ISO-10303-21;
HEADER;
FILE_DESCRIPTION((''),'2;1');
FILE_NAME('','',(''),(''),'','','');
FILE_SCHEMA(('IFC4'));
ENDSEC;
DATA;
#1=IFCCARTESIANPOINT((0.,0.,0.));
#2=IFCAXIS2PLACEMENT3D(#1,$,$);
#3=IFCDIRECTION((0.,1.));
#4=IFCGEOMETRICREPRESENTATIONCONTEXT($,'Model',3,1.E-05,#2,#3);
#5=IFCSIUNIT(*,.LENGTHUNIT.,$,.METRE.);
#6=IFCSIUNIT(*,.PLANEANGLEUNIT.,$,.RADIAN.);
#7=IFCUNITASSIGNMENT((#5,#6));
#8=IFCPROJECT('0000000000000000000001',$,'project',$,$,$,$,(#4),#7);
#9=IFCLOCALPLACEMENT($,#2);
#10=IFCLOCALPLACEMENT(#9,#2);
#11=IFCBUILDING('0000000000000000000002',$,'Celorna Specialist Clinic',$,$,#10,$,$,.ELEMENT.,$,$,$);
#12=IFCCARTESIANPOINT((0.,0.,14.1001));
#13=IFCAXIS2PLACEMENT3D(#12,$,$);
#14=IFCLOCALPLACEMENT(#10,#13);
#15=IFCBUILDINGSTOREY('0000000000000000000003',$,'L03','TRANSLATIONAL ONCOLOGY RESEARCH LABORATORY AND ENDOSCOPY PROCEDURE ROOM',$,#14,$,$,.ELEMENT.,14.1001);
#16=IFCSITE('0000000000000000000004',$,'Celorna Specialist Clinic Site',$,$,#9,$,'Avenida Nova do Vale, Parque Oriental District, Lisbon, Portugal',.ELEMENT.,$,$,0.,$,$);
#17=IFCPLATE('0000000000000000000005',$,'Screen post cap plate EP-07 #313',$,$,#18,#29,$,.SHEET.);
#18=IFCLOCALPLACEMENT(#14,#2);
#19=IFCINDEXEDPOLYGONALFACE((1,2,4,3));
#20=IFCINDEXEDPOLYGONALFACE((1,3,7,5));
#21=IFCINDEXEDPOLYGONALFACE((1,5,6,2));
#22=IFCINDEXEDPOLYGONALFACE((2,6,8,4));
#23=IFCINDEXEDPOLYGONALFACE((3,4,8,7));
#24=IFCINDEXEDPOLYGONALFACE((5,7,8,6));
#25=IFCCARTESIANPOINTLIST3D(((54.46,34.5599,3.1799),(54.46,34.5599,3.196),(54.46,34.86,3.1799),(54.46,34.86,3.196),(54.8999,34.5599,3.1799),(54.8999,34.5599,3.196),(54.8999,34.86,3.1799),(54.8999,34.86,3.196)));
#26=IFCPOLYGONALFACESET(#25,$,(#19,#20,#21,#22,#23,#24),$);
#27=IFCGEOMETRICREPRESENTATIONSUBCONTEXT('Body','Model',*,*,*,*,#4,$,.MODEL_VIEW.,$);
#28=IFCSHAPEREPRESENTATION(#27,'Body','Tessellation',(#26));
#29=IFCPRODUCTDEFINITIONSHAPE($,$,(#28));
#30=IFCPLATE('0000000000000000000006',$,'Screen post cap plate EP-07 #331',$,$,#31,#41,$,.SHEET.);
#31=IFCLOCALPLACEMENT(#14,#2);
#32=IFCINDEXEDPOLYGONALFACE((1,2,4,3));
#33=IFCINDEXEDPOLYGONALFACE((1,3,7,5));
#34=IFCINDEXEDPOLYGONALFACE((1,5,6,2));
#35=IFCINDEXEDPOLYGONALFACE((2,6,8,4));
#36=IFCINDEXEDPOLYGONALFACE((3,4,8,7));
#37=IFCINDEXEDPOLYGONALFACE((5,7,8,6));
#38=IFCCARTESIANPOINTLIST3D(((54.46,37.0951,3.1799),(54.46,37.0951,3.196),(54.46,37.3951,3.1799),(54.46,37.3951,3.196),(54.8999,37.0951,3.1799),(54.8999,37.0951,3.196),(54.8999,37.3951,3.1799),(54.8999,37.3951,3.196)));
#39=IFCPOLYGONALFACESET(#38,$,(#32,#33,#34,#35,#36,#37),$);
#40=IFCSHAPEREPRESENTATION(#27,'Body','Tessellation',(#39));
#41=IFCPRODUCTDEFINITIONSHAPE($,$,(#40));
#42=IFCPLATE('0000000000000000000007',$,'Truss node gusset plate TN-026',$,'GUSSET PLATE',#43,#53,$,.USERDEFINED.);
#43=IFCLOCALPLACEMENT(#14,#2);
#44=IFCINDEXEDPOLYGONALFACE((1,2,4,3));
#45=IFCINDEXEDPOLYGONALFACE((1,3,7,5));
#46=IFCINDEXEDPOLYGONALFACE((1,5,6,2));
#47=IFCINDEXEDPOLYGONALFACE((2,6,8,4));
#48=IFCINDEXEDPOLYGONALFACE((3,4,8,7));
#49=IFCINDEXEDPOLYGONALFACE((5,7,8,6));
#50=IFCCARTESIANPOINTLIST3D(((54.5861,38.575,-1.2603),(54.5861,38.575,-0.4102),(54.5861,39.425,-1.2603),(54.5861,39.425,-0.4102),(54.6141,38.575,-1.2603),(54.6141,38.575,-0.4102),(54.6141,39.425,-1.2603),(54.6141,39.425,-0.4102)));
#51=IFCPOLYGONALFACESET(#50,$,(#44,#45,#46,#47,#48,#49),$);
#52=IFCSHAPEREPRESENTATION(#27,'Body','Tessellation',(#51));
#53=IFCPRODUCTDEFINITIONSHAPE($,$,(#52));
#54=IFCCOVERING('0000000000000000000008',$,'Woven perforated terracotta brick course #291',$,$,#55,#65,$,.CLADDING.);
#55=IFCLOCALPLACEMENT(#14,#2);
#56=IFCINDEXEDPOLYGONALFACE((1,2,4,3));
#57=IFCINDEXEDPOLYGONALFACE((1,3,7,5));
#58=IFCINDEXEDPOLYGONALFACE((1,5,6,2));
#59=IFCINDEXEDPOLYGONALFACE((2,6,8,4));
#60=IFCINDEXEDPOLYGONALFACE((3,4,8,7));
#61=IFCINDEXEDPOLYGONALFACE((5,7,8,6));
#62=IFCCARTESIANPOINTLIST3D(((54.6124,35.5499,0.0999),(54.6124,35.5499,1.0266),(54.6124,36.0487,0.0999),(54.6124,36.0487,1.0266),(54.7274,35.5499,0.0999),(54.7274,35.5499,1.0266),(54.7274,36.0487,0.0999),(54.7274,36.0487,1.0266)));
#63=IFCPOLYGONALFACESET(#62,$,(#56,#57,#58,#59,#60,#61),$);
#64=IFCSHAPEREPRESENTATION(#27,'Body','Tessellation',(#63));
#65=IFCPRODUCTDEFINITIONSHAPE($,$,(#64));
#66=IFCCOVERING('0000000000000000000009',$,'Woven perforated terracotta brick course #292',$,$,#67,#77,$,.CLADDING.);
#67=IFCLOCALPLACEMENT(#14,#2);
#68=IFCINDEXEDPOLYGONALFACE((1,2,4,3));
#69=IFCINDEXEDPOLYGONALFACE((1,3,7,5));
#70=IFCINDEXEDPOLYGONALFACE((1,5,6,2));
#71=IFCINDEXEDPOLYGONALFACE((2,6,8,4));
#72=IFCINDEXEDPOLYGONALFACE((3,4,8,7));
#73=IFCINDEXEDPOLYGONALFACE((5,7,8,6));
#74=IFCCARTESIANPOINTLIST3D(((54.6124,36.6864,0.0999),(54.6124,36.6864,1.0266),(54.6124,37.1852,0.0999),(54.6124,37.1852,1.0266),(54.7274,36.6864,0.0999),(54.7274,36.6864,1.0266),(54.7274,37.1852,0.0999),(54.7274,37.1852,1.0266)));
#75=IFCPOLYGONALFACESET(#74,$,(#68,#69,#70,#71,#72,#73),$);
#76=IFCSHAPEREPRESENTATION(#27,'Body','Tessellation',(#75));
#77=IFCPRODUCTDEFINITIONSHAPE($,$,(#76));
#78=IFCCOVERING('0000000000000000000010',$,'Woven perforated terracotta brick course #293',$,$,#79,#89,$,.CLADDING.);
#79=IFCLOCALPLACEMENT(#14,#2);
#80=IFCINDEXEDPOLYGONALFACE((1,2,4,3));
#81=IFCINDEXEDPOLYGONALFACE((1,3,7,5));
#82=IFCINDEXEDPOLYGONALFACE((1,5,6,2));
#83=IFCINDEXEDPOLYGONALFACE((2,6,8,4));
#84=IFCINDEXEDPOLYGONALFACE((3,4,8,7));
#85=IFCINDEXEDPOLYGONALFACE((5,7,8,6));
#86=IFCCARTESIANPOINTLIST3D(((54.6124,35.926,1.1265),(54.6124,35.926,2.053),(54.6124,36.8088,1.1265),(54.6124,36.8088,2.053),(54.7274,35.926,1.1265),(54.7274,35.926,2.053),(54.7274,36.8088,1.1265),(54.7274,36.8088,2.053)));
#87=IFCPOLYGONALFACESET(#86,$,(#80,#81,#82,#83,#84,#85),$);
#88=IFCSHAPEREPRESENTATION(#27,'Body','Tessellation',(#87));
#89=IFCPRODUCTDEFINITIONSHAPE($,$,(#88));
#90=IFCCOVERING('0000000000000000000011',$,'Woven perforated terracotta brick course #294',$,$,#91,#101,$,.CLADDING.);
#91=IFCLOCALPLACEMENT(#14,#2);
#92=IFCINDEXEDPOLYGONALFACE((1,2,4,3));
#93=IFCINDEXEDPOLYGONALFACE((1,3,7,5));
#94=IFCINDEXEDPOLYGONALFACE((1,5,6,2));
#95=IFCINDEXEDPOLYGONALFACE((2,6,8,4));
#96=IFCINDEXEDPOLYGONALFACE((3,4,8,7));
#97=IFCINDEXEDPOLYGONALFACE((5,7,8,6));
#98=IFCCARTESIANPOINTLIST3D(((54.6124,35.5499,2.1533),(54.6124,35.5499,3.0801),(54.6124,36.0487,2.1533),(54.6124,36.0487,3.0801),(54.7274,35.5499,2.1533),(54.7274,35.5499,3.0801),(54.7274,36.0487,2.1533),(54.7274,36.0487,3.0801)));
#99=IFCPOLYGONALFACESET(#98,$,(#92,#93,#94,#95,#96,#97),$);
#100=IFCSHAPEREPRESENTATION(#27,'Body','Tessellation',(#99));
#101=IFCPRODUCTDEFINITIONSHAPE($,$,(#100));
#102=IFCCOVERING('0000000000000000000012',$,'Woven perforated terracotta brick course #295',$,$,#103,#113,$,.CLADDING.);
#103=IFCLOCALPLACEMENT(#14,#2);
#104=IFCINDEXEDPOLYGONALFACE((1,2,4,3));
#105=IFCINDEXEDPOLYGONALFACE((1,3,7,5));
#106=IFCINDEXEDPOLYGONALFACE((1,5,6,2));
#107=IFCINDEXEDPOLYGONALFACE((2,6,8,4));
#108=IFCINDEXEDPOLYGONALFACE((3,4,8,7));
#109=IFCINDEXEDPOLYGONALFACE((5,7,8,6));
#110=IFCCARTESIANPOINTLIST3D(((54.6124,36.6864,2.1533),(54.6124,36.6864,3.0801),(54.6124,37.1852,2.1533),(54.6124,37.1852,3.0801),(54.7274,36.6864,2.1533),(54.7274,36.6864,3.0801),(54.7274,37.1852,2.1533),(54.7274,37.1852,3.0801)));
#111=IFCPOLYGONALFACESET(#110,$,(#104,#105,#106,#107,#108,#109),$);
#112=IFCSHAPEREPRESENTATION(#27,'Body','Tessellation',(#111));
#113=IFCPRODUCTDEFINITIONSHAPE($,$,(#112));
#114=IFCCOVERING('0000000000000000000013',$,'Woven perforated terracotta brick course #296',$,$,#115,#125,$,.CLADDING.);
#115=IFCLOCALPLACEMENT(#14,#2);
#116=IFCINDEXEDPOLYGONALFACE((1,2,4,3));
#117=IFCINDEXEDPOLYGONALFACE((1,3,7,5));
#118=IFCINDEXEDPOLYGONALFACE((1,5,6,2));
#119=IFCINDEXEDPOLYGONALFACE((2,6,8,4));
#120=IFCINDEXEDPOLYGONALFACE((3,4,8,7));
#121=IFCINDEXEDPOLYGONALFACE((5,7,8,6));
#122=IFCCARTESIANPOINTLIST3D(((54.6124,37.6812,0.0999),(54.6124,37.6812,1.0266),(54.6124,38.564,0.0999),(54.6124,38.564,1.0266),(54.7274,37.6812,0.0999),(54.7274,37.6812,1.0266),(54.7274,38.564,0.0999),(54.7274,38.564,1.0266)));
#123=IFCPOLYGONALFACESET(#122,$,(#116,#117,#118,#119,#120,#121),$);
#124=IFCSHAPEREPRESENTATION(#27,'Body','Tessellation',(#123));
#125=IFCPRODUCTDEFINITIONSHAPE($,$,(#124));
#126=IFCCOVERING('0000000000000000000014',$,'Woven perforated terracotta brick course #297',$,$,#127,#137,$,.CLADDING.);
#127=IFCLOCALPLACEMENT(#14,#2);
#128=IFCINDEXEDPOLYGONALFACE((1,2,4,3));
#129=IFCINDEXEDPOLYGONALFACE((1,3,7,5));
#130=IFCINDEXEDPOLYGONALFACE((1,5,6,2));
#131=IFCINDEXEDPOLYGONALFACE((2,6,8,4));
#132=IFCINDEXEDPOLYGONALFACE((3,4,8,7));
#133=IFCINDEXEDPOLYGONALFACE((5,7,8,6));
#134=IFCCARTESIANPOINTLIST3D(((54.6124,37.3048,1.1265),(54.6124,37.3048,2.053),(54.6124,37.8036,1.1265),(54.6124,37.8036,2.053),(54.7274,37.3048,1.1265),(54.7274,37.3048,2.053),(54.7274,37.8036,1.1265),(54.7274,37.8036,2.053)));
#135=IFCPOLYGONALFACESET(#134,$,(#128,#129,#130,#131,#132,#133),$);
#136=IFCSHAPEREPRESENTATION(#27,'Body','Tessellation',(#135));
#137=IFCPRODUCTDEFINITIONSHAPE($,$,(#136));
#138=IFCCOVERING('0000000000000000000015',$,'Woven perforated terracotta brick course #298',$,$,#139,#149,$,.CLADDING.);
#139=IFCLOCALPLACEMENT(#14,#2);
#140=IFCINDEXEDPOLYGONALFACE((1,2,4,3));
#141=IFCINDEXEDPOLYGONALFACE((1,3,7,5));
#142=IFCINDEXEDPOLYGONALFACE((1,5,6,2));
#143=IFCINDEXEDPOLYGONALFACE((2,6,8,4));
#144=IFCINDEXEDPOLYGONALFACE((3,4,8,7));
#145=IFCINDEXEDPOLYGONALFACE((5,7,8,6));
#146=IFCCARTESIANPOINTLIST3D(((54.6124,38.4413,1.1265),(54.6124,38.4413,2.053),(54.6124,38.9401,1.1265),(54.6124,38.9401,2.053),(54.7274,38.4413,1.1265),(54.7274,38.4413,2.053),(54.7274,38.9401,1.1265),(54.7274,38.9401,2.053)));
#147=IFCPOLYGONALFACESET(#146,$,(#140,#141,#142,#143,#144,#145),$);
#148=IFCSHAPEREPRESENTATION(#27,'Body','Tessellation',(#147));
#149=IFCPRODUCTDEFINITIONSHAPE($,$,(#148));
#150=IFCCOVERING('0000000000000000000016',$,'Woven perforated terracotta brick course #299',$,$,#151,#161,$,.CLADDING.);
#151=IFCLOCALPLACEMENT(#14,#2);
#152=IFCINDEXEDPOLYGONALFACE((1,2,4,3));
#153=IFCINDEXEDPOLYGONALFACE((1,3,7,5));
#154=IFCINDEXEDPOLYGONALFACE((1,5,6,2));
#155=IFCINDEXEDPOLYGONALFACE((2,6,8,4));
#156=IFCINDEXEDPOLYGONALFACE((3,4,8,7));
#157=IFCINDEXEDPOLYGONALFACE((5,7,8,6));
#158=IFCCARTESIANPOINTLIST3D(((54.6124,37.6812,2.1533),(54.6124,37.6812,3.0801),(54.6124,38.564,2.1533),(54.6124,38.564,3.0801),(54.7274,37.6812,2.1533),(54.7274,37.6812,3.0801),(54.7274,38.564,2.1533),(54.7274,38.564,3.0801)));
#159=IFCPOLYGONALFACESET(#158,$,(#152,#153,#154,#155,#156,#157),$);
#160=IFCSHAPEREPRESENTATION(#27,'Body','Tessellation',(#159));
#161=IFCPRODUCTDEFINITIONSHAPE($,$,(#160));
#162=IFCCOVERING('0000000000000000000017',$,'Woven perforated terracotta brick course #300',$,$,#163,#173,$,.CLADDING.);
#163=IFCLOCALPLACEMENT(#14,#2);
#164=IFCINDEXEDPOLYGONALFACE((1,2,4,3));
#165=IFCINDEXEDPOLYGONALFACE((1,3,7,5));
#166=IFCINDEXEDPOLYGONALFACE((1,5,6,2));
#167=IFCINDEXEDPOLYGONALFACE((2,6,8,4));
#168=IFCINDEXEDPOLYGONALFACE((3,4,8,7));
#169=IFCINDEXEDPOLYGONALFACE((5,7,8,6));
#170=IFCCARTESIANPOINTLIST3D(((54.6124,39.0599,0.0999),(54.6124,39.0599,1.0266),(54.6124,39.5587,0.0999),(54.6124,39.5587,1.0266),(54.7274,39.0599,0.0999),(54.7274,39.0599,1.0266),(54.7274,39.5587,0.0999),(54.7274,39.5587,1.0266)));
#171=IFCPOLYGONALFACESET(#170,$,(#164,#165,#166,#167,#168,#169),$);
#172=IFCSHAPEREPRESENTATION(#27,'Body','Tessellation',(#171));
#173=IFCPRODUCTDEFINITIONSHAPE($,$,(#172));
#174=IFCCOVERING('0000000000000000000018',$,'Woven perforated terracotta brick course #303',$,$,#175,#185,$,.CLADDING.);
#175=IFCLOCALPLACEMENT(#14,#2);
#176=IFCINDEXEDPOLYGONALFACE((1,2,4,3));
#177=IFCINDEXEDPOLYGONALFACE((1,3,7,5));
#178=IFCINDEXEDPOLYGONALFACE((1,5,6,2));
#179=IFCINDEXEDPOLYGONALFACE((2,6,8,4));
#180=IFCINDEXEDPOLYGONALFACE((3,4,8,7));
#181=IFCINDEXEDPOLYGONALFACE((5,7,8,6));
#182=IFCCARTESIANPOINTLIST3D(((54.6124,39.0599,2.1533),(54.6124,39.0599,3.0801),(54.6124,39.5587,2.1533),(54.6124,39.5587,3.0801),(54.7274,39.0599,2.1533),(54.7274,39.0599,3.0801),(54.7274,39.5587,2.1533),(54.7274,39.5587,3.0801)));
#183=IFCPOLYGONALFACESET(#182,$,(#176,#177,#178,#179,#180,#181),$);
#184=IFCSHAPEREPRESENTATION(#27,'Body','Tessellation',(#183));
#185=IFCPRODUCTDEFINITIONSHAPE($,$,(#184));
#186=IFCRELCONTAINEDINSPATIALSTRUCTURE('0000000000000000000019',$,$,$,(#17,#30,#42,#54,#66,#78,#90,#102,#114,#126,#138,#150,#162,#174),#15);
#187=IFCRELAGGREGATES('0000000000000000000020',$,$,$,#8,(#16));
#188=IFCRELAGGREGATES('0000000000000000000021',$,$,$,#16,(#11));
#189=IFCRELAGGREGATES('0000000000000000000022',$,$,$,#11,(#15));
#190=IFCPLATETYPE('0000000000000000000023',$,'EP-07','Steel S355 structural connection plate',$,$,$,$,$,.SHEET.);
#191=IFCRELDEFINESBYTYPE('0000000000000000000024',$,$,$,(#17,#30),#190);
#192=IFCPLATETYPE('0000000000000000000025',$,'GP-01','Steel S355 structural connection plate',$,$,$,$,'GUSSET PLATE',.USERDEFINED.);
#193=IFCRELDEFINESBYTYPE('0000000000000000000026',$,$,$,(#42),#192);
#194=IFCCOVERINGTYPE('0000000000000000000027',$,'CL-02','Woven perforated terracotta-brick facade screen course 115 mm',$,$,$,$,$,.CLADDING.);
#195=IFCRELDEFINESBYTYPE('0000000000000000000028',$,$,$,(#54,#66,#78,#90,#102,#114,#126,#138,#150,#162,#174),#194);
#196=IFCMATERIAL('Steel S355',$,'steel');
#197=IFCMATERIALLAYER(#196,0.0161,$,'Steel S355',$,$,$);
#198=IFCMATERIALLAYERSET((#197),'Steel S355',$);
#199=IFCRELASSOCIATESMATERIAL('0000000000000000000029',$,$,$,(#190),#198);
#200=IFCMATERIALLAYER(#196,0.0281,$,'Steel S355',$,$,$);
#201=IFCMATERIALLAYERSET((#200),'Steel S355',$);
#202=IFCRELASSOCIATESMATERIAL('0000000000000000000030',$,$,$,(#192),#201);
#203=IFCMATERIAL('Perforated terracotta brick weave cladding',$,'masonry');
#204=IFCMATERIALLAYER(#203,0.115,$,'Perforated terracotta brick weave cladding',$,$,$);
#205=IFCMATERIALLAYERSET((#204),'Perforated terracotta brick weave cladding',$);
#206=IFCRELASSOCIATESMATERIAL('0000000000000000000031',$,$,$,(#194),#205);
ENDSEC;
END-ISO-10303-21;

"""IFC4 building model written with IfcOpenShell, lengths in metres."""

from ifc_helpers import new_model, si_unit, direction, frame, origin, origin_2d, place, context, subcontext, project, spatial, rectangle, extrude, material, layer, layer_set, type_object, element, save


model = new_model("IFC4")

# Units and contexts
model_context = context("Model", 3, precision=1e-05, world=origin(), true_north=direction((0.0, 1.0)))
body_context = subcontext(model_context, "Body", "Model", "MODEL_VIEW")
ifc_project = project(units=[si_unit("LENGTHUNIT", "METRE"), si_unit("PLANEANGLEUNIT", "RADIAN")], contexts=[model_context])

# Site, building, storey
site_placement = place(None, origin())
site = spatial("IfcSite", under=ifc_project, at=site_placement, Name="Celorna Specialist Clinic Site", LongName="Avenida Nova do Vale, Parque Oriental District, Lisbon, Portugal", CompositionType="ELEMENT", RefElevation=0.0)
building_placement = place(site_placement, origin())
building = spatial("IfcBuilding", under=site, at=building_placement, Name="Celorna Specialist Clinic", CompositionType="ELEMENT")
storey_placement = place(building_placement, frame((0.0, 0.0, 14.1001)))
storey = spatial("IfcBuildingStorey", under=building, at=storey_placement, Name="L03", Description="TRANSLATIONAL ONCOLOGY RESEARCH LABORATORY AND ENDOSCOPY PROCEDURE ROOM", CompositionType="ELEMENT", Elevation=14.1001)

# Shared definitions
ifc_material_1 = material(Name="Steel S355", Category="steel")

# Plates
ifc_layer_1 = layer(ifc_material_1, 0.0161, Name="Steel S355")
ifc_layer_set_1 = layer_set([ifc_layer_1], Name="Steel S355")
plate_type_1 = type_object("IfcPlateType", Name="EP-07", Description="Steel S355 structural connection plate", PredefinedType="SHEET", material=ifc_layer_set_1)
for number, where, z_axis, x_axis, name in (
    (1, (54.6799, 34.71, 3.1799), (0.0, 0.0, 1.0), (0.0, 1.0, 0.0), "Screen post cap plate EP-07 #313"),
    (2, (54.6799, 37.2451, 3.1799), (0.0, 0.0, 1.0), (0.0, 1.0, 0.0), "Screen post cap plate EP-07 #331"),
):
    element("IfcPlate", number, at=place(storey_placement, frame(where, z_axis=z_axis, x_axis=x_axis)), inside=storey, type_object=plate_type_1, Name=name, PredefinedType="SHEET", context=body_context, shape_type="SweptSolid", body=[
        extrude(rectangle(XDim=0.3, YDim=0.4399, at=origin_2d()), origin(), (0.0, 0.0, 1.0), 0.0161),
    ])
ifc_layer_2 = layer(ifc_material_1, 0.0281, Name="Steel S355")
ifc_layer_set_2 = layer_set([ifc_layer_2], Name="Steel S355")
plate_type_2 = type_object("IfcPlateType", Name="GP-01", Description="Steel S355 structural connection plate", ElementType="GUSSET PLATE", PredefinedType="USERDEFINED", material=ifc_layer_set_2)
plate_1_placement = place(storey_placement, frame((54.6001, 39.0, -1.2603), z_axis=(0.0, 0.0, 1.0), x_axis=(0.0, 1.0, 0.0)))
element("IfcPlate", 3, at=plate_1_placement, inside=storey, type_object=plate_type_2, Name="Truss node gusset plate TN-026", ObjectType="GUSSET PLATE", PredefinedType="USERDEFINED", context=body_context, shape_type="SweptSolid", body=[
    extrude(rectangle(XDim=0.8501, YDim=0.0281, at=origin_2d()), origin(), (0.0, 0.0, 1.0), 0.8501),
])

# Coverings
ifc_material_2 = material(Name="Perforated terracotta brick weave cladding", Category="masonry")
ifc_layer_3 = layer(ifc_material_2, 0.115, Name="Perforated terracotta brick weave cladding")
ifc_layer_set_3 = layer_set([ifc_layer_3], Name="Perforated terracotta brick weave cladding")
covering_type = type_object("IfcCoveringType", Name="CL-02", Description="Woven perforated terracotta-brick facade screen course 115 mm", PredefinedType="CLADDING", material=ifc_layer_set_3)
for number, where, z_axis, x_axis, name in (
    (4, (54.6699, 35.7993, 0.0999), (0.0, 0.0, 1.0), (0.0, 1.0, 0.0), "Woven perforated terracotta brick course #291"),
    (5, (54.6699, 36.9358, 0.0999), (0.0, 0.0, 1.0), (0.0, 1.0, 0.0), "Woven perforated terracotta brick course #292"),
):
    element("IfcCovering", number, at=place(storey_placement, frame(where, z_axis=z_axis, x_axis=x_axis)), inside=storey, type_object=covering_type, Name=name, PredefinedType="CLADDING", context=body_context, shape_type="SweptSolid", body=[
        extrude(rectangle(XDim=0.4988, YDim=0.115, at=origin_2d()), origin(), (0.0, 0.0, 1.0), 0.9268),
    ])
covering_1_placement = place(storey_placement, frame((54.6699, 36.3674, 1.1265), z_axis=(0.0, 0.0, 1.0), x_axis=(0.0, 1.0, 0.0)))
element("IfcCovering", 6, at=covering_1_placement, inside=storey, type_object=covering_type, Name="Woven perforated terracotta brick course #293", PredefinedType="CLADDING", context=body_context, shape_type="SweptSolid", body=[
    extrude(rectangle(XDim=0.8828, YDim=0.115, at=origin_2d()), origin(), (0.0, 0.0, 1.0), 0.9265),
])
for number, where, z_axis, x_axis, name in (
    (7, (54.6699, 35.7993, 2.1533), (0.0, 0.0, 1.0), (0.0, 1.0, 0.0), "Woven perforated terracotta brick course #294"),
    (8, (54.6699, 36.9358, 2.1533), (0.0, 0.0, 1.0), (0.0, 1.0, 0.0), "Woven perforated terracotta brick course #295"),
):
    element("IfcCovering", number, at=place(storey_placement, frame(where, z_axis=z_axis, x_axis=x_axis)), inside=storey, type_object=covering_type, Name=name, PredefinedType="CLADDING", context=body_context, shape_type="SweptSolid", body=[
        extrude(rectangle(XDim=0.4988, YDim=0.115, at=origin_2d()), origin(), (0.0, 0.0, 1.0), 0.9268),
    ])
covering_2_placement = place(storey_placement, frame((54.6699, 38.1226, 0.0999), z_axis=(0.0, 0.0, 1.0), x_axis=(0.0, 1.0, 0.0)))
element("IfcCovering", 9, at=covering_2_placement, inside=storey, type_object=covering_type, Name="Woven perforated terracotta brick course #296", PredefinedType="CLADDING", context=body_context, shape_type="SweptSolid", body=[
    extrude(rectangle(XDim=0.8828, YDim=0.115, at=origin_2d()), origin(), (0.0, 0.0, 1.0), 0.9268),
])
for number, where, z_axis, x_axis, name in (
    (10, (54.6699, 37.5542, 1.1265), (0.0, 0.0, 1.0), (0.0, 1.0, 0.0), "Woven perforated terracotta brick course #297"),
    (11, (54.6699, 38.6907, 1.1265), (0.0, 0.0, 1.0), (0.0, 1.0, 0.0), "Woven perforated terracotta brick course #298"),
):
    element("IfcCovering", number, at=place(storey_placement, frame(where, z_axis=z_axis, x_axis=x_axis)), inside=storey, type_object=covering_type, Name=name, PredefinedType="CLADDING", context=body_context, shape_type="SweptSolid", body=[
        extrude(rectangle(XDim=0.4988, YDim=0.115, at=origin_2d()), origin(), (0.0, 0.0, 1.0), 0.9265),
    ])
covering_3_placement = place(storey_placement, frame((54.6699, 38.1226, 2.1533), z_axis=(0.0, 0.0, 1.0), x_axis=(0.0, 1.0, 0.0)))
element("IfcCovering", 12, at=covering_3_placement, inside=storey, type_object=covering_type, Name="Woven perforated terracotta brick course #299", PredefinedType="CLADDING", context=body_context, shape_type="SweptSolid", body=[
    extrude(rectangle(XDim=0.8828, YDim=0.115, at=origin_2d()), origin(), (0.0, 0.0, 1.0), 0.9268),
])
for number, where, z_axis, x_axis, name in (
    (13, (54.6699, 39.3093, 0.0999), (0.0, 0.0, 1.0), (0.0, 1.0, 0.0), "Woven perforated terracotta brick course #300"),
    (14, (54.6699, 39.3093, 2.1533), (0.0, 0.0, 1.0), (0.0, 1.0, 0.0), "Woven perforated terracotta brick course #303"),
):
    element("IfcCovering", number, at=place(storey_placement, frame(where, z_axis=z_axis, x_axis=x_axis)), inside=storey, type_object=covering_type, Name=name, PredefinedType="CLADDING", context=body_context, shape_type="SweptSolid", body=[
        extrude(rectangle(XDim=0.4988, YDim=0.115, at=origin_2d()), origin(), (0.0, 0.0, 1.0), 0.9268),
    ])

save(model, "model.ifc")
